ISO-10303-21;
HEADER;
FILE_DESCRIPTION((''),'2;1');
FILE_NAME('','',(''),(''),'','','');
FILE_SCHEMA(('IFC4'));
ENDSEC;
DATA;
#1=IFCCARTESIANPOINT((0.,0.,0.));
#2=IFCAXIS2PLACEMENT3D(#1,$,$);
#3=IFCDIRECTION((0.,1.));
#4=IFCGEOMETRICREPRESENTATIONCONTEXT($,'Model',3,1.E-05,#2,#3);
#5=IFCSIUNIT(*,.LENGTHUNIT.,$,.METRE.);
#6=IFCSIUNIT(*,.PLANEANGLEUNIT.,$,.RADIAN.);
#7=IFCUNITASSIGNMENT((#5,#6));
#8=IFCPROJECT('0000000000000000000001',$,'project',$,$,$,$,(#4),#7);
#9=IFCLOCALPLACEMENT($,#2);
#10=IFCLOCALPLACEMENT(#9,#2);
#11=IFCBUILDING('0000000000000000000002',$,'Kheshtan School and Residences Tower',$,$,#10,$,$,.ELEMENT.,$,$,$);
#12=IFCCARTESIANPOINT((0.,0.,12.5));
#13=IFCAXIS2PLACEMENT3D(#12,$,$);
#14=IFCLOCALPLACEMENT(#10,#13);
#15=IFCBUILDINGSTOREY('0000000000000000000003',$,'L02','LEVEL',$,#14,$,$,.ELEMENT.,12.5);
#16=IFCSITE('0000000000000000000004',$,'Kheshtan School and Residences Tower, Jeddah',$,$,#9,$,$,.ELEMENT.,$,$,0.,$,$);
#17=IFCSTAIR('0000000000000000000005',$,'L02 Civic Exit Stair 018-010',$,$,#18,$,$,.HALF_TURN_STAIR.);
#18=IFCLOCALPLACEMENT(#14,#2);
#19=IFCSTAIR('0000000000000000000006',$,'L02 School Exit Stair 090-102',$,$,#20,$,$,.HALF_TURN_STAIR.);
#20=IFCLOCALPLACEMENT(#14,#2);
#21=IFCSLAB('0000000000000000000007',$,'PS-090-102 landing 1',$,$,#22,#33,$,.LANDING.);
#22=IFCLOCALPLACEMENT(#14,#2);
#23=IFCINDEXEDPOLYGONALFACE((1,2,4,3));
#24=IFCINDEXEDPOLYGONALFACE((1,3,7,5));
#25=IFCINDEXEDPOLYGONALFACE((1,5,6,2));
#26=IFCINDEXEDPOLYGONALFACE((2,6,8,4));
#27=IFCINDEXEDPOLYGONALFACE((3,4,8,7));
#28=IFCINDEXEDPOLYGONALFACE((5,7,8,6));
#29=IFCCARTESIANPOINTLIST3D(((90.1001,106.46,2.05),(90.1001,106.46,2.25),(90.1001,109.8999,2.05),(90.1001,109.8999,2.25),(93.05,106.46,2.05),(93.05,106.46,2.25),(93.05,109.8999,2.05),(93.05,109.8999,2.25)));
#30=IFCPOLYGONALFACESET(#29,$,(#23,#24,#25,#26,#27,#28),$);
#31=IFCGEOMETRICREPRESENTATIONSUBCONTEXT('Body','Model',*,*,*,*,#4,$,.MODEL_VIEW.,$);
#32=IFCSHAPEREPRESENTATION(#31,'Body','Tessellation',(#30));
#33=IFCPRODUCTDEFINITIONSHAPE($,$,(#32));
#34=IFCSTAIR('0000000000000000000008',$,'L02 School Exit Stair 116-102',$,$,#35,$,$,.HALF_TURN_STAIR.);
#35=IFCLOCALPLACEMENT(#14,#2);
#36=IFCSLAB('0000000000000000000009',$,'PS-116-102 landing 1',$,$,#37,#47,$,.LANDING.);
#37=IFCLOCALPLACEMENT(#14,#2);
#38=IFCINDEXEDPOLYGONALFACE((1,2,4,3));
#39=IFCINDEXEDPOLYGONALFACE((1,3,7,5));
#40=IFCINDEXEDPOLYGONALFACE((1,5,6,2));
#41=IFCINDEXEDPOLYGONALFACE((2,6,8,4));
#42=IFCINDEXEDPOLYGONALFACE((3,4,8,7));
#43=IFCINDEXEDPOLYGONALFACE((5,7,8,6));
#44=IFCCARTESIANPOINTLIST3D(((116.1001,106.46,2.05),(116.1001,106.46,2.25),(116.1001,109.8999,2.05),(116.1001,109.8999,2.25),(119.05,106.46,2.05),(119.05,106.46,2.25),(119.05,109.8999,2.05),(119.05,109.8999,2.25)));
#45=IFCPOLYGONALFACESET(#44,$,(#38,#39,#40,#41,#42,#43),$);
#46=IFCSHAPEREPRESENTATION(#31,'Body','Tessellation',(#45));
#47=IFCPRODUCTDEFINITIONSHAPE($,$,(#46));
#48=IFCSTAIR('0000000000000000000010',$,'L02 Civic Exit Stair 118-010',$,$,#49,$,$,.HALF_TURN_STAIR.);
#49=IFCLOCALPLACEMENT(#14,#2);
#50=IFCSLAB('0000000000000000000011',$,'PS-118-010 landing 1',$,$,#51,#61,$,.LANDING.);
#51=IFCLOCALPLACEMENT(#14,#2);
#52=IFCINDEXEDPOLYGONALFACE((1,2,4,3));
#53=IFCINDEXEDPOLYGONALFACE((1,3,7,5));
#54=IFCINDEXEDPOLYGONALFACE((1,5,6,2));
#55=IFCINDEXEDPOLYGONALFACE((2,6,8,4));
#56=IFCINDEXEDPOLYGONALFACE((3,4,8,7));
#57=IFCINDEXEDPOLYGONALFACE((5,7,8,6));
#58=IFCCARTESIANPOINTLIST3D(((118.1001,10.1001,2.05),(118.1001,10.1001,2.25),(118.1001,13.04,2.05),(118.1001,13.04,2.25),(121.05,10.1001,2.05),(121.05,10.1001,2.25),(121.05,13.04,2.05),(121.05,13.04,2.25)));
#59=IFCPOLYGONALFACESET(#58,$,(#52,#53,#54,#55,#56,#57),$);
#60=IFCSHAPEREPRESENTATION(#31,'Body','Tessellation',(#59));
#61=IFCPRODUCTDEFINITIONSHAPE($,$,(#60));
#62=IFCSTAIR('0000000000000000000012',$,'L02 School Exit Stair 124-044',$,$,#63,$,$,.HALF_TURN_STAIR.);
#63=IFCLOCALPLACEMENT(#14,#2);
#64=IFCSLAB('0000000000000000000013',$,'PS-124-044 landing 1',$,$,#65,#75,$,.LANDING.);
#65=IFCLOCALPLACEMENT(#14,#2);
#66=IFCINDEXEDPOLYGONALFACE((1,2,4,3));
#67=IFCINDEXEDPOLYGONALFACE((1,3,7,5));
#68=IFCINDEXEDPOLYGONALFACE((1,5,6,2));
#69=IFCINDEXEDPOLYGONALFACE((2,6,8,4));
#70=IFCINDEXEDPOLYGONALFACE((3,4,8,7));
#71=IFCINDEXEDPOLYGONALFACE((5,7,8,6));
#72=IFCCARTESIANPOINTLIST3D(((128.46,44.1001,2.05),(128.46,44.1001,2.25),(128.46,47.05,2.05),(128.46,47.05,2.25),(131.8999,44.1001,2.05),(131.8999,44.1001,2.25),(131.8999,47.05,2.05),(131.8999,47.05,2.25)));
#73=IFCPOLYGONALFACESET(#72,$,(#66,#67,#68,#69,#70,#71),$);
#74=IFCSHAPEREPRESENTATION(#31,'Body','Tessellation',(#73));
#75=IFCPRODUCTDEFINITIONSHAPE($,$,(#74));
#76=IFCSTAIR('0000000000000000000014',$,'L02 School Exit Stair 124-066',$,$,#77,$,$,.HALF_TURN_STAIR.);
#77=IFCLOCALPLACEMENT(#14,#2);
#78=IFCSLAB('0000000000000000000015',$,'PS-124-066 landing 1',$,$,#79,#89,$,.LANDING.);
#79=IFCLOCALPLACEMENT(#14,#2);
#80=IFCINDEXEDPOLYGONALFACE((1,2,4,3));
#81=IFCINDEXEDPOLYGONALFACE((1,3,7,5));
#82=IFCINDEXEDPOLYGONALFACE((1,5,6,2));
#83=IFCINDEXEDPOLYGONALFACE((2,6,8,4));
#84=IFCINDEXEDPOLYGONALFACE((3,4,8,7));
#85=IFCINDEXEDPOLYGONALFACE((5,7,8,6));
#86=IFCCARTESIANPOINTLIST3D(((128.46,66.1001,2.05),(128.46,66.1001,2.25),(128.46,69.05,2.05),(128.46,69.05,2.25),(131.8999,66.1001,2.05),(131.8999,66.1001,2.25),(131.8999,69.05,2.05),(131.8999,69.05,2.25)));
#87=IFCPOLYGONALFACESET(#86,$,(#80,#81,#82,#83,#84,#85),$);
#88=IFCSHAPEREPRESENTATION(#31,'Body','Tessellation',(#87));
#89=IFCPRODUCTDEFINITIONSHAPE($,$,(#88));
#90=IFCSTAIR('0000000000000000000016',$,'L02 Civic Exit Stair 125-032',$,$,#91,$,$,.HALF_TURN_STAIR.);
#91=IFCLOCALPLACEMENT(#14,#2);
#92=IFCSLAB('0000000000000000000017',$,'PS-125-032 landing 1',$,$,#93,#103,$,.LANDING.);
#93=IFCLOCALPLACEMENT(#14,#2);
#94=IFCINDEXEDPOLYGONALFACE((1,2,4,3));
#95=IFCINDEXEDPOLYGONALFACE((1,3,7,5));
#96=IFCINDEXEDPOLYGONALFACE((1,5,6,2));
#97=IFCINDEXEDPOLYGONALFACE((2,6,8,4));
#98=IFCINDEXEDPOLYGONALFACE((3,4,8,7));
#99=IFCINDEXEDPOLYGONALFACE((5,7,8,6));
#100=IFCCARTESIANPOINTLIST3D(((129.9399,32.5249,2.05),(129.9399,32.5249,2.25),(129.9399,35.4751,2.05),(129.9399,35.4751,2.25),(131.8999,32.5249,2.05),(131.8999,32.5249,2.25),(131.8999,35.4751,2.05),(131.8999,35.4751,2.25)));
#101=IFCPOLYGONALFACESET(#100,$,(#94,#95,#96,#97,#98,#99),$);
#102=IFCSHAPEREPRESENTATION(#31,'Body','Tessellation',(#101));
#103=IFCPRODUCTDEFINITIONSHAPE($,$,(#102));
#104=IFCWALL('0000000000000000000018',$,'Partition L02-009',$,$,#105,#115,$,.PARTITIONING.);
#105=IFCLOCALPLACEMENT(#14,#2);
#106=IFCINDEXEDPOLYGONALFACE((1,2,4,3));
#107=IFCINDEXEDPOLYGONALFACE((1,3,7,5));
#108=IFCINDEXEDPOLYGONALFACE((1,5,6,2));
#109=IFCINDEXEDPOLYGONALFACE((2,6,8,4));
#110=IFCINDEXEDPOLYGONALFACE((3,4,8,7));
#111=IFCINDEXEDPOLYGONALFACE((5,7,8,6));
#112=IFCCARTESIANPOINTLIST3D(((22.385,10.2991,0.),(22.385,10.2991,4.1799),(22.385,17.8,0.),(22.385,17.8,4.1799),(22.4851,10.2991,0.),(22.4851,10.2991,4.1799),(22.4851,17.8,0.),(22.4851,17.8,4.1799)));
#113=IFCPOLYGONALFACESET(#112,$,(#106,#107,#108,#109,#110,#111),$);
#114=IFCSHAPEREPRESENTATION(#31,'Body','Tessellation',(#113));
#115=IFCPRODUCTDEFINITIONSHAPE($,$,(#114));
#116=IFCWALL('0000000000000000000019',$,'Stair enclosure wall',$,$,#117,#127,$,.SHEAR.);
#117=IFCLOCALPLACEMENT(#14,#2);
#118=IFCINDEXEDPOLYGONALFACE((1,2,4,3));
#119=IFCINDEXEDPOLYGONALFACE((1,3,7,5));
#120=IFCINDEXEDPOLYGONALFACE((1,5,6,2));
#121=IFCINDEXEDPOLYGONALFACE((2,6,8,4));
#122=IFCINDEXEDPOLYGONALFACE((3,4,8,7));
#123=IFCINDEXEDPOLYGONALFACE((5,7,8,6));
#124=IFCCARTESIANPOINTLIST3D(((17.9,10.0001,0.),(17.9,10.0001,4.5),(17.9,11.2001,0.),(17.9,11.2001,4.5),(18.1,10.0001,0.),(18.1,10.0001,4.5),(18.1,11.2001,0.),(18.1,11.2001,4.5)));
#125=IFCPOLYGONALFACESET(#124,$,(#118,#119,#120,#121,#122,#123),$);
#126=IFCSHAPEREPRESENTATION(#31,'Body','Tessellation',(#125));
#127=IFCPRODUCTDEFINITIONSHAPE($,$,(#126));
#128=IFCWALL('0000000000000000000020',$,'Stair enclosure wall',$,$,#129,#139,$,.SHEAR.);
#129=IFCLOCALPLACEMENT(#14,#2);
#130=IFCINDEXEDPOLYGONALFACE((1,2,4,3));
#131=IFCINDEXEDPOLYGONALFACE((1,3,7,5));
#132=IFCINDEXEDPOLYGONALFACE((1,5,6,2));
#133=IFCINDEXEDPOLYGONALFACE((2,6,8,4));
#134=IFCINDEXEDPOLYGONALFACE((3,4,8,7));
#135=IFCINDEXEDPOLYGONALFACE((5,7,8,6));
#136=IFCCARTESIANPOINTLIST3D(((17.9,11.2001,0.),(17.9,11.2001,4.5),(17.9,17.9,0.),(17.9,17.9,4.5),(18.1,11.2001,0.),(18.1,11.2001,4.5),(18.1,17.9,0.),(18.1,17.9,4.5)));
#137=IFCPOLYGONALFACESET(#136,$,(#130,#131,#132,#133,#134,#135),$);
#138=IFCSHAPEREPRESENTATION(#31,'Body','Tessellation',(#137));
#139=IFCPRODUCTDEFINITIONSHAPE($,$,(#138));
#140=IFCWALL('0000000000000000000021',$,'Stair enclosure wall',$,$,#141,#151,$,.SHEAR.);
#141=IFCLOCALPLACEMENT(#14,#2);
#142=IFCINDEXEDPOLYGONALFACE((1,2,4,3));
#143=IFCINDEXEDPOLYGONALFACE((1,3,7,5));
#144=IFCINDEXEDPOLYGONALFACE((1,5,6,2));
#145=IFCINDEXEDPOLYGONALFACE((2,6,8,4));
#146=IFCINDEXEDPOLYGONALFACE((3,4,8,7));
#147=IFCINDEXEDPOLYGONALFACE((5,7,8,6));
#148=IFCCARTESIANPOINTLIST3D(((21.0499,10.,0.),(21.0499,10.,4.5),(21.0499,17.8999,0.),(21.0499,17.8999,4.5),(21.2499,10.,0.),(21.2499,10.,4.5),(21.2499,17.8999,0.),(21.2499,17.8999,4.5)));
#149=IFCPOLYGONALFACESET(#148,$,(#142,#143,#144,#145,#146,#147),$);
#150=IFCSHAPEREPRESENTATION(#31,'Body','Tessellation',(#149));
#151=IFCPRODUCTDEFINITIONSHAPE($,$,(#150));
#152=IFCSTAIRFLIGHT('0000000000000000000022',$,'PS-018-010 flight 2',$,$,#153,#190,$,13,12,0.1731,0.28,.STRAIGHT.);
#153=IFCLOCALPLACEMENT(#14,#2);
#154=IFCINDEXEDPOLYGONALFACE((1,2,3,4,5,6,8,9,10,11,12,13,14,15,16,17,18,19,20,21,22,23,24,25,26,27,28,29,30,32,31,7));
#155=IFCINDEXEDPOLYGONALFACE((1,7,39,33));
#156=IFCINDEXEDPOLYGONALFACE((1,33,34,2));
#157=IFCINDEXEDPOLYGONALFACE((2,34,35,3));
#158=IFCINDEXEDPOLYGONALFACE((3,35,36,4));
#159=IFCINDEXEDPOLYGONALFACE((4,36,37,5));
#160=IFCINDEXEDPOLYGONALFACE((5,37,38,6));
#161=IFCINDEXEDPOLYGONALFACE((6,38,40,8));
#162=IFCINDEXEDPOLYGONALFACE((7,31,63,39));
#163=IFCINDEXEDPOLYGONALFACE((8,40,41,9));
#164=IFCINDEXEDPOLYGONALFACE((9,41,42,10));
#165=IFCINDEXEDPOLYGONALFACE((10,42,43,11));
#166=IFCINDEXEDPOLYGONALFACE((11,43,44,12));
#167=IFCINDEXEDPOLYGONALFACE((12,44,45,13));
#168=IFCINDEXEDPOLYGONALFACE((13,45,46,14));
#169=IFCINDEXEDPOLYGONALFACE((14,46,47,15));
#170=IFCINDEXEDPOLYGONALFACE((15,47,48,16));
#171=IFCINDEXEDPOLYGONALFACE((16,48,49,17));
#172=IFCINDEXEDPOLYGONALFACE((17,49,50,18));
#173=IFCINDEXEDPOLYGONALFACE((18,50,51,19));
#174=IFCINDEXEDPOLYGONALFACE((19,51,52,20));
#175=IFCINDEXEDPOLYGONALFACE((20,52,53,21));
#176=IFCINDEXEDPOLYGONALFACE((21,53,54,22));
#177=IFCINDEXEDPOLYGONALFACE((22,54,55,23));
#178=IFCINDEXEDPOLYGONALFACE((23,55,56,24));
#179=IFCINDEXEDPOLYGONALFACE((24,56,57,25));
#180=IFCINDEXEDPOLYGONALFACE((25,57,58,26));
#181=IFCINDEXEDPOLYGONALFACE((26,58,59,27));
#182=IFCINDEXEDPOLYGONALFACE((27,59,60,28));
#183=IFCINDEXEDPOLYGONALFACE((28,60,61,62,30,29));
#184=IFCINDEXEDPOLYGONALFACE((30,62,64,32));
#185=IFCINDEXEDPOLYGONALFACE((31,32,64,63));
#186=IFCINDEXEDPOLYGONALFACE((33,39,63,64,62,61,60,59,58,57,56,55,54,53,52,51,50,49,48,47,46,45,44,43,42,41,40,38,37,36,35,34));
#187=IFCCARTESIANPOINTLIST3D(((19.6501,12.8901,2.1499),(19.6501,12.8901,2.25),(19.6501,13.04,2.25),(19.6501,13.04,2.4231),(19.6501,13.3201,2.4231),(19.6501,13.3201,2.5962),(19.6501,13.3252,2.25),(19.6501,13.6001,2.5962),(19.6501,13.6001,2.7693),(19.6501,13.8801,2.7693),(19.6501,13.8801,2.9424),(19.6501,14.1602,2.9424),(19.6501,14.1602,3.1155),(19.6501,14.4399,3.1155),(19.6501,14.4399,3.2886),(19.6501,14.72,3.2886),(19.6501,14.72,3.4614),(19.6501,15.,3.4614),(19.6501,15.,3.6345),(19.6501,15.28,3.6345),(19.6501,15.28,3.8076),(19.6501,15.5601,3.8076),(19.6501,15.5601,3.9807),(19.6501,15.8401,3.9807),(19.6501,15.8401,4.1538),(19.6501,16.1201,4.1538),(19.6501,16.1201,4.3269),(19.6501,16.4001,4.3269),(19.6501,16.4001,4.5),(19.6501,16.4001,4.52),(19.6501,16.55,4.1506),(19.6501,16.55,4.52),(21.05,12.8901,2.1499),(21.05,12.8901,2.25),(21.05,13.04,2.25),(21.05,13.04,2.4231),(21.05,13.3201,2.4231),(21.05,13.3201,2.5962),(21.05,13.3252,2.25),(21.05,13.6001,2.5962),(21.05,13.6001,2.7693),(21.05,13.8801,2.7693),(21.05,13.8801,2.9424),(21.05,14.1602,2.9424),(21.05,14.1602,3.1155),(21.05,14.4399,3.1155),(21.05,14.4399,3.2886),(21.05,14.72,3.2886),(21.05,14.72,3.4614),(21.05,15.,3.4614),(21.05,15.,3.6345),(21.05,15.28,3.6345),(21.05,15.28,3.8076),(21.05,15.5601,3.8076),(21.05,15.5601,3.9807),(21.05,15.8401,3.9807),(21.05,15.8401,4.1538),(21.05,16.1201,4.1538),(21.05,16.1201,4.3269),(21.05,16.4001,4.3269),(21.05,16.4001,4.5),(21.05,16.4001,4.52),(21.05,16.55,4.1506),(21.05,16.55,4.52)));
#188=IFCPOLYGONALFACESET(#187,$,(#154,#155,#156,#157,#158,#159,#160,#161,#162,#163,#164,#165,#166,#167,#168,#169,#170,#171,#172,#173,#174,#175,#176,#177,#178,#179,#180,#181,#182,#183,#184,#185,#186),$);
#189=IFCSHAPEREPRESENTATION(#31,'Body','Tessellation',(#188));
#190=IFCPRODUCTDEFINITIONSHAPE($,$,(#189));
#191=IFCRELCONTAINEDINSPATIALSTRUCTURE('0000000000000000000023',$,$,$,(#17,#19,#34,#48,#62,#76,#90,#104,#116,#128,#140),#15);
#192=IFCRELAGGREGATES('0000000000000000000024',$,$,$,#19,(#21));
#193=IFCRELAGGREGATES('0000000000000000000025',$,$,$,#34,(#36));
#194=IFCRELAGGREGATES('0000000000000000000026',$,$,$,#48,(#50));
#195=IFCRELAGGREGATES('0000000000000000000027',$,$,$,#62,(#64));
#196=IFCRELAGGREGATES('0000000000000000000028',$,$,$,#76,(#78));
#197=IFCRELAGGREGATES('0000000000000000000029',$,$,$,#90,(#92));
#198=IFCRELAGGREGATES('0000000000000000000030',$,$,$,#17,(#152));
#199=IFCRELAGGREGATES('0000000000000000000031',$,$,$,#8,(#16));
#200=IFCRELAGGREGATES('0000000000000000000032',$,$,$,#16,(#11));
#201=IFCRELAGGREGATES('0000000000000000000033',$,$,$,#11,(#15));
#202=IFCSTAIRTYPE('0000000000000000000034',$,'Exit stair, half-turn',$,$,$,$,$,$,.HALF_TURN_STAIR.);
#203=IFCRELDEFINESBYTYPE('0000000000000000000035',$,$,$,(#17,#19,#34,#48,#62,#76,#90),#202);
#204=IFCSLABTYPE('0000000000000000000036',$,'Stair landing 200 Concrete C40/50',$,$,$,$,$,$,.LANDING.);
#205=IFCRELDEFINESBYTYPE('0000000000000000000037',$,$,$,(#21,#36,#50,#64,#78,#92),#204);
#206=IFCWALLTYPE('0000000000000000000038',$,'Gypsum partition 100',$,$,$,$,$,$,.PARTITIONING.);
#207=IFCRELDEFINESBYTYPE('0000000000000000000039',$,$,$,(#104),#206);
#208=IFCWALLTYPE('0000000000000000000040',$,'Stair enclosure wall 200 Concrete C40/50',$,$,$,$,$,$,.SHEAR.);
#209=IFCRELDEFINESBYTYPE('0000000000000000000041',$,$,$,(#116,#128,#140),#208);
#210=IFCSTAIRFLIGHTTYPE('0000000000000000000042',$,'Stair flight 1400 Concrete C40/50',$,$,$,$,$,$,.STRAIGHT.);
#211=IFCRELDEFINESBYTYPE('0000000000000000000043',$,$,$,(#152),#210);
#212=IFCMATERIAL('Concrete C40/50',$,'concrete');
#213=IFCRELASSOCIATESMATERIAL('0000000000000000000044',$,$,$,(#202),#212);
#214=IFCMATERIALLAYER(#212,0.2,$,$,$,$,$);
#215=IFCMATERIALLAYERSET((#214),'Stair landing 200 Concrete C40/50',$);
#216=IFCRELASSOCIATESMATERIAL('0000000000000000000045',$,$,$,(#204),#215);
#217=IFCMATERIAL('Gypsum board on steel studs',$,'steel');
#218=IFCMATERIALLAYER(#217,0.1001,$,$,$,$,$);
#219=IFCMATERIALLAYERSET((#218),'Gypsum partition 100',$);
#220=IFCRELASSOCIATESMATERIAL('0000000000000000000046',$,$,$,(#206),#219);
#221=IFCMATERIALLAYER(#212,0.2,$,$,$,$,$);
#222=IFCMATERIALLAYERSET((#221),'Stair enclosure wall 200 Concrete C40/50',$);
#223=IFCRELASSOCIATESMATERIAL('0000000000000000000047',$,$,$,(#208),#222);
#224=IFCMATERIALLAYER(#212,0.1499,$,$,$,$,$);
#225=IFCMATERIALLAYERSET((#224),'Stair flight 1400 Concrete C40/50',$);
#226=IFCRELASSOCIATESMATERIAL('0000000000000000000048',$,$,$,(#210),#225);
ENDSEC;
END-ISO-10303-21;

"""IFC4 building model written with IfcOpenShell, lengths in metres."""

from ifc_helpers import new_model, si_unit, direction, frame, frame_2d, origin, place, context, subcontext, project, spatial, polyline, rectangle, outline, extrude, material, layer, layer_set, type_object, element, aggregate, save


model = new_model("IFC4")

# Units and contexts
model_context = context("Model", 3, precision=1e-05, world=origin(), true_north=direction((0.0, 1.0)))
body_context = subcontext(model_context, "Body", "Model", "MODEL_VIEW")
ifc_project = project(units=[si_unit("LENGTHUNIT", "METRE"), si_unit("PLANEANGLEUNIT", "RADIAN")], contexts=[model_context])

# Site, building, storey
site_placement = place(None, origin())
site = spatial("IfcSite", under=ifc_project, at=site_placement, Name="Kheshtan School and Residences Tower, Jeddah", CompositionType="ELEMENT", RefElevation=0.0)
building_placement = place(site_placement, origin())
building = spatial("IfcBuilding", under=site, at=building_placement, Name="Kheshtan School and Residences Tower", CompositionType="ELEMENT")
storey_placement = place(building_placement, frame((0.0, 0.0, 12.5)))
storey = spatial("IfcBuildingStorey", under=building, at=storey_placement, Name="L02", Description="LEVEL", CompositionType="ELEMENT", Elevation=12.5)

# Shared definitions
ifc_material_1 = material(Name="Concrete C40/50", Category="concrete")

# Stairs, slabs
stair_type = type_object("IfcStairType", Name="Exit stair, half-turn", PredefinedType="HALF_TURN_STAIR", material=ifc_material_1)
ifc_layer_1 = layer(ifc_material_1, 0.2)
ifc_layer_set_1 = layer_set([ifc_layer_1], Name="Stair landing 200 Concrete C40/50")
slab_type_1 = type_object("IfcSlabType", Name="Stair landing 200 Concrete C40/50", PredefinedType="LANDING", material=ifc_layer_set_1)
stair_1_placement = place(storey_placement, origin())
stair_1 = element("IfcStair", 1, at=stair_1_placement, inside=storey, type_object=stair_type, Name="L02 Civic Exit Stair 018-010", PredefinedType="HALF_TURN_STAIR")
stair_2_placement = place(storey_placement, origin())
stair_2 = element("IfcStair", 2, at=stair_2_placement, inside=storey, type_object=stair_type, Name="L02 School Exit Stair 090-102", PredefinedType="HALF_TURN_STAIR")
slab_1_placement = place(storey_placement, frame((0.0, 0.0, 2.05)))
slab_1 = element("IfcSlab", 3, at=slab_1_placement, type_object=slab_type_1, Name="PS-090-102 landing 1", PredefinedType="LANDING", context=body_context, shape_type="SweptSolid", body=[
    extrude(outline(polyline([(93.05, 106.46), (93.05, 109.8999), (90.1001, 109.8999), (90.1001, 106.46), (93.05, 106.46)])), origin(), (0.0, 0.0, 1.0), 0.2),
])
aggregate(stair_2, [slab_1])
stair_3_placement = place(storey_placement, origin())
stair_3 = element("IfcStair", 4, at=stair_3_placement, inside=storey, type_object=stair_type, Name="L02 School Exit Stair 116-102", PredefinedType="HALF_TURN_STAIR")
slab_2_placement = place(storey_placement, frame((0.0, 0.0, 2.05)))
slab_2 = element("IfcSlab", 5, at=slab_2_placement, type_object=slab_type_1, Name="PS-116-102 landing 1", PredefinedType="LANDING", context=body_context, shape_type="SweptSolid", body=[
    extrude(outline(polyline([(119.05, 106.46), (119.05, 109.8999), (116.1001, 109.8999), (116.1001, 106.46), (119.05, 106.46)])), origin(), (0.0, 0.0, 1.0), 0.2),
])
aggregate(stair_3, [slab_2])
stair_4_placement = place(storey_placement, origin())
stair_4 = element("IfcStair", 6, at=stair_4_placement, inside=storey, type_object=stair_type, Name="L02 Civic Exit Stair 118-010", PredefinedType="HALF_TURN_STAIR")
slab_3_placement = place(storey_placement, frame((0.0, 0.0, 2.05)))
slab_3 = element("IfcSlab", 7, at=slab_3_placement, type_object=slab_type_1, Name="PS-118-010 landing 1", PredefinedType="LANDING", context=body_context, shape_type="SweptSolid", body=[
    extrude(outline(polyline([(118.1001, 13.04), (118.1001, 10.1001), (121.05, 10.1001), (121.05, 13.04), (118.1001, 13.04)])), origin(), (0.0, 0.0, 1.0), 0.2),
])
aggregate(stair_4, [slab_3])
stair_5_placement = place(storey_placement, origin())
stair_5 = element("IfcStair", 8, at=stair_5_placement, inside=storey, type_object=stair_type, Name="L02 School Exit Stair 124-044", PredefinedType="HALF_TURN_STAIR")
slab_4_placement = place(storey_placement, frame((0.0, 0.0, 2.05)))
slab_4 = element("IfcSlab", 9, at=slab_4_placement, type_object=slab_type_1, Name="PS-124-044 landing 1", PredefinedType="LANDING", context=body_context, shape_type="SweptSolid", body=[
    extrude(outline(polyline([(128.46, 44.1001), (131.8999, 44.1001), (131.8999, 47.05), (128.46, 47.05), (128.46, 44.1001)])), origin(), (0.0, 0.0, 1.0), 0.2),
])
aggregate(stair_5, [slab_4])
stair_6_placement = place(storey_placement, origin())
stair_6 = element("IfcStair", 10, at=stair_6_placement, inside=storey, type_object=stair_type, Name="L02 School Exit Stair 124-066", PredefinedType="HALF_TURN_STAIR")
slab_5_placement = place(storey_placement, frame((0.0, 0.0, 2.05)))
slab_5 = element("IfcSlab", 11, at=slab_5_placement, type_object=slab_type_1, Name="PS-124-066 landing 1", PredefinedType="LANDING", context=body_context, shape_type="SweptSolid", body=[
    extrude(outline(polyline([(128.46, 66.1001), (131.8999, 66.1001), (131.8999, 69.05), (128.46, 69.05), (128.46, 66.1001)])), origin(), (0.0, 0.0, 1.0), 0.2),
])
aggregate(stair_6, [slab_5])
stair_7_placement = place(storey_placement, origin())
stair_7 = element("IfcStair", 12, at=stair_7_placement, inside=storey, type_object=stair_type, Name="L02 Civic Exit Stair 125-032", PredefinedType="HALF_TURN_STAIR")
slab_6_placement = place(storey_placement, frame((0.0, 0.0, 2.05)))
slab_6 = element("IfcSlab", 13, at=slab_6_placement, type_object=slab_type_1, Name="PS-125-032 landing 1", PredefinedType="LANDING", context=body_context, shape_type="SweptSolid", body=[
    extrude(outline(polyline([(129.9399, 32.5249), (131.8999, 32.5249), (131.8999, 35.4751), (129.9399, 35.4751), (129.9399, 32.5249)])), origin(), (0.0, 0.0, 1.0), 0.2),
])
aggregate(stair_7, [slab_6])

# Walls
ifc_material_2 = material(Name="Gypsum board on steel studs", Category="steel")
ifc_layer_2 = layer(ifc_material_2, 0.1001)
ifc_layer_set_2 = layer_set([ifc_layer_2], Name="Gypsum partition 100")
wall_type_1 = type_object("IfcWallType", Name="Gypsum partition 100", PredefinedType="PARTITIONING", material=ifc_layer_set_2)
wall_1_placement = place(storey_placement, frame((22.4351, 10.2991, 0.0), z_axis=(0.0, 0.0, 1.0), x_axis=(0.0, 1.0, 0.0)))
element("IfcWall", 14, at=wall_1_placement, inside=storey, type_object=wall_type_1, Name="Partition L02-009", PredefinedType="PARTITIONING", context=body_context, shape_type="SweptSolid", body=[
    extrude(rectangle(XDim=7.501, YDim=0.1001, at=frame_2d((3.7505, 0.0))), origin(), (0.0, 0.0, 1.0), 4.1799),
])
ifc_layer_3 = layer(ifc_material_1, 0.2)
ifc_layer_set_3 = layer_set([ifc_layer_3], Name="Stair enclosure wall 200 Concrete C40/50")
wall_type_2 = type_object("IfcWallType", Name="Stair enclosure wall 200 Concrete C40/50", PredefinedType="SHEAR", material=ifc_layer_set_3)
wall_2_placement = place(storey_placement, frame((18.0, 10.0, 0.0), z_axis=(0.0, 0.0, 1.0), x_axis=(0.0, 1.0, 0.0)))
element("IfcWall", 15, at=wall_2_placement, inside=storey, type_object=wall_type_2, Name="Stair enclosure wall", PredefinedType="SHEAR", context=body_context, shape_type="SweptSolid", body=[
    extrude(rectangle(XDim=1.2, YDim=0.2, at=frame_2d((0.6001, 0.0))), origin(), (0.0, 0.0, 1.0), 4.5),
])
wall_3_placement = place(storey_placement, frame((18.0, 11.2, 0.0), z_axis=(0.0, 0.0, 1.0), x_axis=(0.0, 1.0, 0.0)))
element("IfcWall", 16, at=wall_3_placement, inside=storey, type_object=wall_type_2, Name="Stair enclosure wall", PredefinedType="SHEAR", context=body_context, shape_type="SweptSolid", body=[
    extrude(rectangle(XDim=6.7, YDim=0.2, at=frame_2d((3.3501, 0.0))), origin(), (0.0, 0.0, 1.0), 4.5),
])
wall_4_placement = place(storey_placement, frame((21.1499, 10.0, 0.0), z_axis=(0.0, 0.0, 1.0), x_axis=(0.0, 1.0, 0.0)))
element("IfcWall", 17, at=wall_4_placement, inside=storey, type_object=wall_type_2, Name="Stair enclosure wall", PredefinedType="SHEAR", context=body_context, shape_type="SweptSolid", body=[
    extrude(rectangle(XDim=7.8999, YDim=0.2, at=frame_2d((3.95, 0.0))), origin(), (0.0, 0.0, 1.0), 4.5),
])

# Stair flight
ifc_layer_4 = layer(ifc_material_1, 0.1499)
ifc_layer_set_4 = layer_set([ifc_layer_4], Name="Stair flight 1400 Concrete C40/50")
stair_flight_type = type_object("IfcStairFlightType", Name="Stair flight 1400 Concrete C40/50", PredefinedType="STRAIGHT", material=ifc_layer_set_4)
stair_flight_placement = place(storey_placement, frame((20.3501, 13.04, 2.25), z_axis=(0.0, 0.0, 1.0), x_axis=(0.0, 1.0, 0.0)))
stair_flight = element("IfcStairFlight", 18, at=stair_flight_placement, type_object=stair_flight_type, Name="PS-018-010 flight 2", NumberOfRisers=13, NumberOfTreads=12, PredefinedType="STRAIGHT", RiserHeight=0.1731, TreadLength=0.28, context=body_context, shape_type="SweptSolid", body=[
    extrude(outline(polyline([(-0.1499, -0.1001), (-0.1499, 0.0), (0.0, 0.0), (0.0, 0.1731), (0.28, 0.1731), (0.28, 0.3462), (0.5601, 0.3462), (0.5601, 0.5193), (0.8401, 0.5193), (0.8401, 0.6924), (1.1201, 0.6924), (1.1201, 0.8655), (1.3999, 0.8655), (1.3999, 1.0386), (1.6799, 1.0386), (1.6799, 1.2114), (1.96, 1.2114), (1.96, 1.3845), (2.24, 1.3845), (2.24, 1.5576), (2.52, 1.5576), (2.52, 1.7307), (2.8, 1.7307), (2.8, 1.9038), (3.0801, 1.9038), (3.0801, 2.0769), (3.3601, 2.0769), (3.3601, 2.25), (3.3601, 2.27), (3.51, 2.27), (3.51, 1.9006), (0.2852, 0.0), (-0.1499, -0.1001)])), frame((0.0, 0.7, 0.0), z_axis=(0.0, -1.0, 0.0), x_axis=(1.0, 0.0, 0.0)), (0.0, 0.0, 1.0), 1.3999),
])
aggregate(stair_1, [stair_flight])

save(model, "model.ifc")
